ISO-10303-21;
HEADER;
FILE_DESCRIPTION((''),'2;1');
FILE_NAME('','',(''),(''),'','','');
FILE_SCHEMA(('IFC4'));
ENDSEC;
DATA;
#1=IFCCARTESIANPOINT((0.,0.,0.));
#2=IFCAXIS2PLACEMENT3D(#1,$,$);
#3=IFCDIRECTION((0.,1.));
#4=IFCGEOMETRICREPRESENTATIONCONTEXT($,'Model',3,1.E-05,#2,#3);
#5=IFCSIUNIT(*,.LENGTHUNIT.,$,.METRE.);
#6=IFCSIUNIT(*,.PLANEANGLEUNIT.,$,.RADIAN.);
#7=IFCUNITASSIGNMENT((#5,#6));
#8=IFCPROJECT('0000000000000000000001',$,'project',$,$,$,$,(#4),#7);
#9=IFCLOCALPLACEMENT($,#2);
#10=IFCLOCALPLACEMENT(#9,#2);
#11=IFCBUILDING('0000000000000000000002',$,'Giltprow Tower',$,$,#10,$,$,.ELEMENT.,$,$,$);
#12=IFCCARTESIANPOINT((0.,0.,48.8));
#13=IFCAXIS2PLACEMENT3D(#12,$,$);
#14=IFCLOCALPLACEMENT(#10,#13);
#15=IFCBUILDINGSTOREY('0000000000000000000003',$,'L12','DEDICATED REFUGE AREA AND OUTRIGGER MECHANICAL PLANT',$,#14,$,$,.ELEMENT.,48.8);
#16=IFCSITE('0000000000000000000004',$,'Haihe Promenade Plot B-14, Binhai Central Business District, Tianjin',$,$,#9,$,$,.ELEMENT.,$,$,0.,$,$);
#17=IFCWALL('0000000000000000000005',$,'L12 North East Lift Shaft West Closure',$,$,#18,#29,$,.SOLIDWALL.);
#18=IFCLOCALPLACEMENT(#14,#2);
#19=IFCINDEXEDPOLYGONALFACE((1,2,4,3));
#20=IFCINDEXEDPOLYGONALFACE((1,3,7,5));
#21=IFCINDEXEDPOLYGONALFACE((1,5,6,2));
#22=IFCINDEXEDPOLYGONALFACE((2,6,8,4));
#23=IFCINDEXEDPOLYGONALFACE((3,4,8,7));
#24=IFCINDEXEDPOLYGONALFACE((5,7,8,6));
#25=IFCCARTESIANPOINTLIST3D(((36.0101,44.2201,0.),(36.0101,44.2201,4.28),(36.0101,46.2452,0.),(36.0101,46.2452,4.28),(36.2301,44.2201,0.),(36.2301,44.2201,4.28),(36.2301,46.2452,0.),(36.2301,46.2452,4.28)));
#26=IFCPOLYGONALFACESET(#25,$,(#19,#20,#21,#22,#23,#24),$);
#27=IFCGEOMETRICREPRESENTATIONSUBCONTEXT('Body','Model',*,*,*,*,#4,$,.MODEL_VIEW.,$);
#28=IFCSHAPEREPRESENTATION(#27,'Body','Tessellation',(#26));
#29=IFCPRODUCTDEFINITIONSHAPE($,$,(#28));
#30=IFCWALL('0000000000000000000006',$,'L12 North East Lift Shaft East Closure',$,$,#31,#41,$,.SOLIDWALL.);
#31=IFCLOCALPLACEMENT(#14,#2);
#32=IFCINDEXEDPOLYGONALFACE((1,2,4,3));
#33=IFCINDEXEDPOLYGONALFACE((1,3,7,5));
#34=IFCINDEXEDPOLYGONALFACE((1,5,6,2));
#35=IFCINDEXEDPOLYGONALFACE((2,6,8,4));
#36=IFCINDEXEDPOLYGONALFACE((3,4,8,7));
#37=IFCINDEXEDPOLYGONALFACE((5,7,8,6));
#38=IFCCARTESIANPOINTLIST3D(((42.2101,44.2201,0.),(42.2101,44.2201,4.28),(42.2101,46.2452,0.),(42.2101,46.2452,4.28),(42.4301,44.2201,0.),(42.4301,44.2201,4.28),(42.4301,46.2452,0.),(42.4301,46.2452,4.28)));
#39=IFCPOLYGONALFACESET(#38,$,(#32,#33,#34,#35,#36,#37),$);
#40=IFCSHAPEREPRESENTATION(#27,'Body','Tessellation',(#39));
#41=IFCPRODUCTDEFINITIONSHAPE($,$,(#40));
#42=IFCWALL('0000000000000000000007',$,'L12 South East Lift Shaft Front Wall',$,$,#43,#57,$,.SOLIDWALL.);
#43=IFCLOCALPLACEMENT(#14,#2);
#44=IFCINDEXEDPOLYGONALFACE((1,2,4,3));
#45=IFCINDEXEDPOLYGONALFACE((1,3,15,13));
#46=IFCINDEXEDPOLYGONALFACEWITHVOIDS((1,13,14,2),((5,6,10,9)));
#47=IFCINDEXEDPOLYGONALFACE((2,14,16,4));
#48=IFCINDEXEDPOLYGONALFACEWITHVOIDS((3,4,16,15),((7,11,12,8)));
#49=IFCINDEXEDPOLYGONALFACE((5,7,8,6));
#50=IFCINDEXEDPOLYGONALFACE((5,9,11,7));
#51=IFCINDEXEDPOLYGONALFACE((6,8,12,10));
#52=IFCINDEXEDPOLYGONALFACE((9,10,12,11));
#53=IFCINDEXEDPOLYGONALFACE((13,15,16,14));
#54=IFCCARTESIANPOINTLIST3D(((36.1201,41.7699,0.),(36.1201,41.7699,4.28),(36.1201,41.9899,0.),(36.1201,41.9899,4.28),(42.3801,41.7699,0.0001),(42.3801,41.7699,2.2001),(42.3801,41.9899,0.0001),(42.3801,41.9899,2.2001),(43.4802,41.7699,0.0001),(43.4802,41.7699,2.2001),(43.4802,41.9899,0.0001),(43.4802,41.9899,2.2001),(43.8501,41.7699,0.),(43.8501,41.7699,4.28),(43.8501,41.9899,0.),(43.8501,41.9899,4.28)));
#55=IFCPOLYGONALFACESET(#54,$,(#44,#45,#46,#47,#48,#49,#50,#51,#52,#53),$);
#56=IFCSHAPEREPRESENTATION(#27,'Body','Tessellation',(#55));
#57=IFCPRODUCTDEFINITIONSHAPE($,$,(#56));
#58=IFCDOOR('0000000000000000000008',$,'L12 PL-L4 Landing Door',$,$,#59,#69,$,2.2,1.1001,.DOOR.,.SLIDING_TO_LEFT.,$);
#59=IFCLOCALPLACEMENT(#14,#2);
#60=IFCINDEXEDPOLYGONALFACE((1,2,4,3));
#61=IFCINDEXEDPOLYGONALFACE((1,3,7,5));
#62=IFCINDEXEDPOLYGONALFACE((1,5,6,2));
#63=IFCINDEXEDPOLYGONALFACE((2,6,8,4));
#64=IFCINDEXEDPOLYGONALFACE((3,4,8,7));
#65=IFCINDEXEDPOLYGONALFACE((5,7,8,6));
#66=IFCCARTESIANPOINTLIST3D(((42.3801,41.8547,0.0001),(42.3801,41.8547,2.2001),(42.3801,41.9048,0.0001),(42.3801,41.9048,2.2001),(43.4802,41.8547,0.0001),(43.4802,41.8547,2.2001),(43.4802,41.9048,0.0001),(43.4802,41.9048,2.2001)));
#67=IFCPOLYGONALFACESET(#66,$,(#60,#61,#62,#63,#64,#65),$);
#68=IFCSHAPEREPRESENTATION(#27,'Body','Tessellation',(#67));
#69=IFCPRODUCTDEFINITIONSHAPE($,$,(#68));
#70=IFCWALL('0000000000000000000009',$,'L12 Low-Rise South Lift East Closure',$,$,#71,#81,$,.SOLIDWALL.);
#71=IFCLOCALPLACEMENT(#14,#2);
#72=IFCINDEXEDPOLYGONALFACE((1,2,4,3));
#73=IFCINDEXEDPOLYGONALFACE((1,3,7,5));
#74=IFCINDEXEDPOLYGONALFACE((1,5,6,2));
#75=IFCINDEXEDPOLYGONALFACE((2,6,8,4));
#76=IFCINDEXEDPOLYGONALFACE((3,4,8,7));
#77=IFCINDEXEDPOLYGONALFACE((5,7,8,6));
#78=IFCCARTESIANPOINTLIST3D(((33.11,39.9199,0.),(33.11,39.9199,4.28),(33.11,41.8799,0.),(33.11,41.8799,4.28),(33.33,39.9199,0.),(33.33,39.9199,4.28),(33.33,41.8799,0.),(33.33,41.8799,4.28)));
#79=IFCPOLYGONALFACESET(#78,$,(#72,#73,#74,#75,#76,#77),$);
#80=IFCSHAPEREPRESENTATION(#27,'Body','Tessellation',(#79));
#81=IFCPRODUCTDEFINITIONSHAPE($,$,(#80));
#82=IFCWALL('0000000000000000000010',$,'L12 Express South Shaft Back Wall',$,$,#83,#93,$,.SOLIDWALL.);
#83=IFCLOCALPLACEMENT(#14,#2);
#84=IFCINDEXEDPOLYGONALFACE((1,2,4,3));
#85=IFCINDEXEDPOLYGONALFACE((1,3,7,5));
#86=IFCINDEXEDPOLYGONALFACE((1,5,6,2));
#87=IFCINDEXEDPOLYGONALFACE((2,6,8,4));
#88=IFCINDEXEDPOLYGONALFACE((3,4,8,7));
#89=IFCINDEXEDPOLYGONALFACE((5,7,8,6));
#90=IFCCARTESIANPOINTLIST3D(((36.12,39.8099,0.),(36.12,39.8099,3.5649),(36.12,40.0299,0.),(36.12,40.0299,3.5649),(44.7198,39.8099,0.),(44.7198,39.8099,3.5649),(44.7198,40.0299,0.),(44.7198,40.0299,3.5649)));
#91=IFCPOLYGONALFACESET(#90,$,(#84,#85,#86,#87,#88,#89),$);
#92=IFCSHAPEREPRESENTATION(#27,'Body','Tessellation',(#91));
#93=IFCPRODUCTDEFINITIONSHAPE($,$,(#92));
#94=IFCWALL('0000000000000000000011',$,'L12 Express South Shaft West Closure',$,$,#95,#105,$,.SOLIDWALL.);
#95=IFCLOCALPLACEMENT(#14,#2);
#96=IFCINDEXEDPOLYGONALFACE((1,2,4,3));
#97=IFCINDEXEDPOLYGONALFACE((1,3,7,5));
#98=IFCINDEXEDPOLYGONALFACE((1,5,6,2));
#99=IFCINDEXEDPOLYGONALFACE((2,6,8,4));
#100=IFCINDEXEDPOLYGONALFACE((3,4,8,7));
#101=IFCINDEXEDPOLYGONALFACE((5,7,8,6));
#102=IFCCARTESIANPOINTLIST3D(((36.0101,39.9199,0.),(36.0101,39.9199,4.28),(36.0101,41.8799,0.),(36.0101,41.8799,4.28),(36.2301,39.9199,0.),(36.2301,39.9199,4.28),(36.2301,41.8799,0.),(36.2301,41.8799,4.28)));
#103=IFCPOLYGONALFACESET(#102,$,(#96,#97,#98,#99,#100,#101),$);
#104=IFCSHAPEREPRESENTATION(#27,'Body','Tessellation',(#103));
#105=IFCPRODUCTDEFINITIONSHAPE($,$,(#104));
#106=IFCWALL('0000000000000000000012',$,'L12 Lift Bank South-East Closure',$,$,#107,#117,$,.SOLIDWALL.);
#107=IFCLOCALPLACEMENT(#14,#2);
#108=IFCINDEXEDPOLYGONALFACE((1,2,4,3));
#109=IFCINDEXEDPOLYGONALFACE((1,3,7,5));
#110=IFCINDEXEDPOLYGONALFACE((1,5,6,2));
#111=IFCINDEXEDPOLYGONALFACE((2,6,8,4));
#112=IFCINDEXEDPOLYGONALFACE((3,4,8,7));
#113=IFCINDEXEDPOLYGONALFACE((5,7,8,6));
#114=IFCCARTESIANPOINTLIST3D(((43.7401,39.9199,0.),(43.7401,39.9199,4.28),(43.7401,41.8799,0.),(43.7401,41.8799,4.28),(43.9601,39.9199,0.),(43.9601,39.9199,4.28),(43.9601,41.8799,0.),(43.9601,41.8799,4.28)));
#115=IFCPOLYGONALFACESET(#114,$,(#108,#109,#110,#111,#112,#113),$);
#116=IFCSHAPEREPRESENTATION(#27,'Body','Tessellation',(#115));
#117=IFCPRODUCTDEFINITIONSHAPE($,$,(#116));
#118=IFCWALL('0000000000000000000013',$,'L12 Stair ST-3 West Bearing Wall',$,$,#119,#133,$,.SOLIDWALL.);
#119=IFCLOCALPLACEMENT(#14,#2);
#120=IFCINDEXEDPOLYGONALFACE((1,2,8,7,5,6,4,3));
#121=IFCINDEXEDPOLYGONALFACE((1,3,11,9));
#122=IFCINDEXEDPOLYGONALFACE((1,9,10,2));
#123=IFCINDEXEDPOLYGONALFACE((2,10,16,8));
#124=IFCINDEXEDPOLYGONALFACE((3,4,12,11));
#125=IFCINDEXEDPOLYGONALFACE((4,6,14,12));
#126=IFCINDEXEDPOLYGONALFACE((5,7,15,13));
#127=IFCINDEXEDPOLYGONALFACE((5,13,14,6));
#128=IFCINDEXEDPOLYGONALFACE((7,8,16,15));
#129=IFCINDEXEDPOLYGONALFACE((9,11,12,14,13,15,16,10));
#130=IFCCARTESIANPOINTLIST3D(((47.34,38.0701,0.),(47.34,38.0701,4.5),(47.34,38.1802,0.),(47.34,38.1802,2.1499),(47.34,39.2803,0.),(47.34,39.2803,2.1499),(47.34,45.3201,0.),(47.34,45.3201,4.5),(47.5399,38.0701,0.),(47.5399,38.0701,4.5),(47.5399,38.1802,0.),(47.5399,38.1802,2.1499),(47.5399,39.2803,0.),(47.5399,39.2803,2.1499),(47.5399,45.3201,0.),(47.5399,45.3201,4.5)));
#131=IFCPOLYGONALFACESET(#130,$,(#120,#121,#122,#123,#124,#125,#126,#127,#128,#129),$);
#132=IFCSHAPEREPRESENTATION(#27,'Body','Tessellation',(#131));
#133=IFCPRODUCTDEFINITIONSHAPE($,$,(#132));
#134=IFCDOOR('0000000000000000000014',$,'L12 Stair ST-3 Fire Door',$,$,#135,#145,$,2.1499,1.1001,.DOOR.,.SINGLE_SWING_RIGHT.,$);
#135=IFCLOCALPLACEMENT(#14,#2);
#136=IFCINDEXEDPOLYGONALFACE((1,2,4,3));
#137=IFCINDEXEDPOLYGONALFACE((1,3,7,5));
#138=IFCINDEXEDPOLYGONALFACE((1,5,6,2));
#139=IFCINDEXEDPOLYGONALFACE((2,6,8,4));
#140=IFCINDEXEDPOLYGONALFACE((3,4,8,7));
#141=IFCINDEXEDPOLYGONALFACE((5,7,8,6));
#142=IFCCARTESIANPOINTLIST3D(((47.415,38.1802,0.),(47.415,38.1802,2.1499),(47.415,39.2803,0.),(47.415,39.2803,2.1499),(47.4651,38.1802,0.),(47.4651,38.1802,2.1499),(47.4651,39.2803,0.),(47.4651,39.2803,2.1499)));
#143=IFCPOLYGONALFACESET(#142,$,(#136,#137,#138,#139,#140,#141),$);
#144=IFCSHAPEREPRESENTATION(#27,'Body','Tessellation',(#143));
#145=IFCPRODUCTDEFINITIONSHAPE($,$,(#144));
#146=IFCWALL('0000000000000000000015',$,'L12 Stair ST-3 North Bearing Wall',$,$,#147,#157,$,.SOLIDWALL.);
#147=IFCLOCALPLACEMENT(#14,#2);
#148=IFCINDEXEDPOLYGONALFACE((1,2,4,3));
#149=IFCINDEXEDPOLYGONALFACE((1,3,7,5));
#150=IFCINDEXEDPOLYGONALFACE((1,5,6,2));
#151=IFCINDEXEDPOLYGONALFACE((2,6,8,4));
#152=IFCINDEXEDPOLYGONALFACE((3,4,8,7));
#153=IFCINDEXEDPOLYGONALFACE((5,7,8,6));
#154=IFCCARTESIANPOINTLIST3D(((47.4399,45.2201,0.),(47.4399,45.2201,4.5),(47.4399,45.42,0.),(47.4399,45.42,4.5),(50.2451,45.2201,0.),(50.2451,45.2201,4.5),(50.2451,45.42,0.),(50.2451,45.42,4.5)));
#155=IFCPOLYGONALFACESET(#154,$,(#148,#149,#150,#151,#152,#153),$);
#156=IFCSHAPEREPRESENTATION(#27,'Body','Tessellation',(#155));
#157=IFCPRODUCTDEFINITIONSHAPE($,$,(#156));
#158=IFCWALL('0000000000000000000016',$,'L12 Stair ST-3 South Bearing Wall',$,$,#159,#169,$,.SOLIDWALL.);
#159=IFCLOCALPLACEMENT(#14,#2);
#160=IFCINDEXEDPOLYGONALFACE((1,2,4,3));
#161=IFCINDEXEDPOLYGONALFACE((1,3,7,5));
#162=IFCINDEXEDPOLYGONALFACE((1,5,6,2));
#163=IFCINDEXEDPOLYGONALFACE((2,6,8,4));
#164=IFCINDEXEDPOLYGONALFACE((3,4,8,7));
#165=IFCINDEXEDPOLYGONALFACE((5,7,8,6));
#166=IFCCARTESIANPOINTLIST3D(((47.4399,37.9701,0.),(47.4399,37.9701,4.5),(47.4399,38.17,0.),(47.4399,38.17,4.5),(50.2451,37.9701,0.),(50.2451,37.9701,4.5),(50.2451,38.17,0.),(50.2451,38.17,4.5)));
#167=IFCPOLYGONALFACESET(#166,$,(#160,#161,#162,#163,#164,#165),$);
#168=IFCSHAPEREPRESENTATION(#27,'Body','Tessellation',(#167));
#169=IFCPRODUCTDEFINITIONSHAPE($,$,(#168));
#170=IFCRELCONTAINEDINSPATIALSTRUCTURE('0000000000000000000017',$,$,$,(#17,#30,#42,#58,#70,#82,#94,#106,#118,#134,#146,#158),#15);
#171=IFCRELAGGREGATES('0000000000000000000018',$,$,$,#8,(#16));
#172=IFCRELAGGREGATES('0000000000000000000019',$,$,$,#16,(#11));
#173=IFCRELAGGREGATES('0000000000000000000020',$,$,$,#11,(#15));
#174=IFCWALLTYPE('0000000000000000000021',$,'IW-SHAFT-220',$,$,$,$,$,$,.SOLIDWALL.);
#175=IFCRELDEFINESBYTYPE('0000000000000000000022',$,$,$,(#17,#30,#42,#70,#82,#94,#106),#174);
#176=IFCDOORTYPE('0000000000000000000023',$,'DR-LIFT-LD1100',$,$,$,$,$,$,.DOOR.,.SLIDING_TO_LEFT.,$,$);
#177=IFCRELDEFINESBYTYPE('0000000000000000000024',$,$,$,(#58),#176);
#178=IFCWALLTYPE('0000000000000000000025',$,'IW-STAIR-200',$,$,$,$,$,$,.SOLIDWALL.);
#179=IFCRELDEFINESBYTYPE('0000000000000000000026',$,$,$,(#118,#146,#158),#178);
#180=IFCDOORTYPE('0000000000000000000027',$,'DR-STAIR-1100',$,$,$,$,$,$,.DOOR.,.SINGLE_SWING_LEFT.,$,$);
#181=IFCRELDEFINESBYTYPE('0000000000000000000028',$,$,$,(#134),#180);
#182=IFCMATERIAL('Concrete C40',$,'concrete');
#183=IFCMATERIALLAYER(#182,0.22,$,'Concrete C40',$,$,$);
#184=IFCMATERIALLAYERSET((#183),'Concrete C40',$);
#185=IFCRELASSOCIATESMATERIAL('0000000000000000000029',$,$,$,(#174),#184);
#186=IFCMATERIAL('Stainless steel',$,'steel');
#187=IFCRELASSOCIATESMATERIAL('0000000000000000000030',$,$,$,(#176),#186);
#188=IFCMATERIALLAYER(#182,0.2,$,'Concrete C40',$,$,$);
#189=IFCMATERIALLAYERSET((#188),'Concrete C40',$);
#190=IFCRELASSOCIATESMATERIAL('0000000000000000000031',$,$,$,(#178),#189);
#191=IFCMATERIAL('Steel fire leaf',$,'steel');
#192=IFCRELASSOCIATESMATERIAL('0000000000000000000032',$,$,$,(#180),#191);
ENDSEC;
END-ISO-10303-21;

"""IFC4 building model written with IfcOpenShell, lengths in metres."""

from ifc_helpers import new_model, si_unit, direction, frame, frame_2d, origin, place, context, subcontext, project, spatial, rectangle, extrude, source, transform, mapped, material, layer, layer_set, type_object, element, fill, save


model = new_model("IFC4")

# Units and contexts
model_context = context("Model", 3, precision=1e-05, world=origin(), true_north=direction((0.0, 1.0)))
body_context = subcontext(model_context, "Body", "Model", "MODEL_VIEW")
ifc_project = project(units=[si_unit("LENGTHUNIT", "METRE"), si_unit("PLANEANGLEUNIT", "RADIAN")], contexts=[model_context])

# Site, building, storey
site_placement = place(None, origin())
site = spatial("IfcSite", under=ifc_project, at=site_placement, Name="Haihe Promenade Plot B-14, Binhai Central Business District, Tianjin", CompositionType="ELEMENT", RefElevation=0.0)
building_placement = place(site_placement, origin())
building = spatial("IfcBuilding", under=site, at=building_placement, Name="Giltprow Tower", CompositionType="ELEMENT")
storey_placement = place(building_placement, frame((0.0, 0.0, 48.8)))
storey = spatial("IfcBuildingStorey", under=building, at=storey_placement, Name="L12", Description="DEDICATED REFUGE AREA AND OUTRIGGER MECHANICAL PLANT", CompositionType="ELEMENT", Elevation=48.8)

# Shared definitions
ifc_material_1 = material(Name="Concrete C40", Category="concrete")
ifc_layer_1 = layer(ifc_material_1, 0.22, Name="Concrete C40")
ifc_layer_set_1 = layer_set([ifc_layer_1], Name="Concrete C40")
wall_type_1 = type_object("IfcWallType", Name="IW-SHAFT-220", PredefinedType="SOLIDWALL", material=ifc_layer_set_1)
ifc_material_2 = material(Name="Stainless steel", Category="steel")
door_type_1 = type_object("IfcDoorType", Name="DR-LIFT-LD1100", OperationType="SLIDING_TO_LEFT", PredefinedType="DOOR", material=ifc_material_2)
shared_shape_1 = source(origin(), body_context, "Body", "SweptSolid", [
    extrude(rectangle(XDim=1.1001, YDim=2.2, at=frame_2d((0.55, 1.1001))), frame((0.0, 0.0249, 0.0), z_axis=(0.0, -1.0, 0.0), x_axis=(1.0, 0.0, 0.0)), (0.0, 0.0, 1.0), 0.05),
])

# Walls
for number, where, z_axis, x_axis, name in (
    (1, (36.1201, 44.22, 0.0), (0.0, 0.0, 1.0), (0.0, 1.0, 0.0), "L12 North East Lift Shaft West Closure"),
    (2, (42.3201, 44.22, 0.0), (0.0, 0.0, 1.0), (0.0, 1.0, 0.0), "L12 North East Lift Shaft East Closure"),
):
    element("IfcWall", number, at=place(storey_placement, frame(where, z_axis=z_axis, x_axis=x_axis)), inside=storey, type_object=wall_type_1, Name=name, PredefinedType="SOLIDWALL", context=body_context, shape_type="SweptSolid", body=[
        extrude(rectangle(XDim=2.0251, YDim=0.22, at=frame_2d((1.0127, 0.0))), origin(), (0.0, 0.0, 1.0), 4.28),
    ])

# Wall, opening, door
wall_1_placement = place(storey_placement, frame((36.1201, 41.8799, 0.0), z_axis=(0.0, 0.0, 1.0), x_axis=(1.0, 0.0, 0.0)))
wall_1 = element("IfcWall", 3, at=wall_1_placement, inside=storey, type_object=wall_type_1, Name="L12 South East Lift Shaft Front Wall", PredefinedType="SOLIDWALL", context=body_context, shape_type="SweptSolid", body=[
    extrude(rectangle(XDim=7.73, YDim=0.22, at=frame_2d((3.865, 0.0))), origin(), (0.0, 0.0, 1.0), 4.28),
])
opening_1_placement = place(wall_1_placement, frame((6.26, 0.0, 0.0)))
opening_1 = element("IfcOpeningElement", 4, at=opening_1_placement, cuts=wall_1, PredefinedType="OPENING", context=body_context, shape_type="SweptSolid", body=[
    extrude(rectangle(XDim=1.1001, YDim=2.2, at=frame_2d((0.55, 1.1001))), frame((0.0, 0.1199, 0.0), z_axis=(0.0, -1.0, 0.0), x_axis=(1.0, 0.0, 0.0)), (0.0, 0.0, 1.0), 0.24),
])
door_1_placement = place(opening_1_placement, origin())
door_1 = element("IfcDoor", 5, at=door_1_placement, inside=storey, type_object=door_type_1, Name="L12 PL-L4 Landing Door", OperationType="SLIDING_TO_LEFT", OverallHeight=2.2, OverallWidth=1.1001, PredefinedType="DOOR", context=body_context, shape_type="MappedRepresentation", body=[
    mapped(shared_shape_1, transform((0.0, 0.0, 0.0), x_axis=(1.0, 0.0, 0.0), y_axis=(0.0, 1.0, 0.0), z_axis=(0.0, 0.0, 1.0), scale=1.0)),
])
fill(opening_1, door_1)

# Walls
wall_2_placement = place(storey_placement, frame((33.22, 39.9199, 0.0), z_axis=(0.0, 0.0, 1.0), x_axis=(0.0, 1.0, 0.0)))
element("IfcWall", 6, at=wall_2_placement, inside=storey, type_object=wall_type_1, Name="L12 Low-Rise South Lift East Closure", PredefinedType="SOLIDWALL", context=body_context, shape_type="SweptSolid", body=[
    extrude(rectangle(XDim=1.96, YDim=0.22, at=frame_2d((0.98, 0.0))), origin(), (0.0, 0.0, 1.0), 4.28),
])
wall_3_placement = place(storey_placement, frame((36.1201, 39.9199, 0.0), z_axis=(0.0, 0.0, 1.0), x_axis=(1.0, 0.0, 0.0)))
element("IfcWall", 7, at=wall_3_placement, inside=storey, type_object=wall_type_1, Name="L12 Express South Shaft Back Wall", PredefinedType="SOLIDWALL", context=body_context, shape_type="SweptSolid", body=[
    extrude(rectangle(XDim=8.5999, YDim=0.22, at=frame_2d((4.2998, 0.0))), origin(), (0.0, 0.0, 1.0), 3.5649),
])
for number, where, z_axis, x_axis, name in (
    (8, (36.1201, 39.9199, 0.0), (0.0, 0.0, 1.0), (0.0, 1.0, 0.0), "L12 Express South Shaft West Closure"),
    (9, (43.8501, 39.9199, 0.0), (0.0, 0.0, 1.0), (0.0, 1.0, 0.0), "L12 Lift Bank South-East Closure"),
):
    element("IfcWall", number, at=place(storey_placement, frame(where, z_axis=z_axis, x_axis=x_axis)), inside=storey, type_object=wall_type_1, Name=name, PredefinedType="SOLIDWALL", context=body_context, shape_type="SweptSolid", body=[
        extrude(rectangle(XDim=1.96, YDim=0.22, at=frame_2d((0.98, 0.0))), origin(), (0.0, 0.0, 1.0), 4.28),
    ])

# Wall, opening, door
ifc_layer_2 = layer(ifc_material_1, 0.2, Name="Concrete C40")
ifc_layer_set_2 = layer_set([ifc_layer_2], Name="Concrete C40")
wall_type_2 = type_object("IfcWallType", Name="IW-STAIR-200", PredefinedType="SOLIDWALL", material=ifc_layer_set_2)
wall_4_placement = place(storey_placement, frame((47.4399, 38.0701, 0.0), z_axis=(0.0, 0.0, 1.0), x_axis=(0.0, 1.0, 0.0)))
wall_4 = element("IfcWall", 10, at=wall_4_placement, inside=storey, type_object=wall_type_2, Name="L12 Stair ST-3 West Bearing Wall", PredefinedType="SOLIDWALL", context=body_context, shape_type="SweptSolid", body=[
    extrude(rectangle(XDim=7.25, YDim=0.2, at=frame_2d((3.625, 0.0))), origin(), (0.0, 0.0, 1.0), 4.5),
])
opening_2_placement = place(wall_4_placement, frame((0.1101, 0.0, 0.0)))
opening_2 = element("IfcOpeningElement", 11, at=opening_2_placement, cuts=wall_4, PredefinedType="OPENING", context=body_context, shape_type="SweptSolid", body=[
    extrude(rectangle(XDim=1.1001, YDim=2.1499, at=frame_2d((0.55, 1.075))), frame((0.0, 0.1099, 0.0), z_axis=(0.0, -1.0, 0.0), x_axis=(1.0, 0.0, 0.0)), (0.0, 0.0, 1.0), 0.22),
])
ifc_material_3 = material(Name="Steel fire leaf", Category="steel")
door_type_2 = type_object("IfcDoorType", Name="DR-STAIR-1100", OperationType="SINGLE_SWING_LEFT", PredefinedType="DOOR", material=ifc_material_3)
shared_shape_2 = source(origin(), body_context, "Body", "SweptSolid", [
    extrude(rectangle(XDim=1.1001, YDim=2.1499, at=frame_2d((0.55, 1.075))), frame((0.0, 0.0249, 0.0), z_axis=(0.0, -1.0, 0.0), x_axis=(1.0, 0.0, 0.0)), (0.0, 0.0, 1.0), 0.05),
])
door_2_placement = place(opening_2_placement, origin())
door_2 = element("IfcDoor", 12, at=door_2_placement, inside=storey, type_object=door_type_2, Name="L12 Stair ST-3 Fire Door", OperationType="SINGLE_SWING_RIGHT", OverallHeight=2.1499, OverallWidth=1.1001, PredefinedType="DOOR", context=body_context, shape_type="MappedRepresentation", body=[
    mapped(shared_shape_2, transform((0.0, 0.0, 0.0), x_axis=(1.0, 0.0, 0.0), y_axis=(0.0, 1.0, 0.0), z_axis=(0.0, 0.0, 1.0), scale=1.0)),
])
fill(opening_2, door_2)

# Walls
for number, where, z_axis, x_axis, name in (
    (13, (47.4399, 45.3201, 0.0), (0.0, 0.0, 1.0), (1.0, 0.0, 0.0), "L12 Stair ST-3 North Bearing Wall"),
    (14, (47.4399, 38.0701, 0.0), (0.0, 0.0, 1.0), (1.0, 0.0, 0.0), "L12 Stair ST-3 South Bearing Wall"),
):
    element("IfcWall", number, at=place(storey_placement, frame(where, z_axis=z_axis, x_axis=x_axis)), inside=storey, type_object=wall_type_2, Name=name, PredefinedType="SOLIDWALL", context=body_context, shape_type="SweptSolid", body=[
        extrude(rectangle(XDim=2.8052, YDim=0.2, at=frame_2d((1.4026, 0.0))), origin(), (0.0, 0.0, 1.0), 4.5),
    ])

save(model, "model.ifc")
